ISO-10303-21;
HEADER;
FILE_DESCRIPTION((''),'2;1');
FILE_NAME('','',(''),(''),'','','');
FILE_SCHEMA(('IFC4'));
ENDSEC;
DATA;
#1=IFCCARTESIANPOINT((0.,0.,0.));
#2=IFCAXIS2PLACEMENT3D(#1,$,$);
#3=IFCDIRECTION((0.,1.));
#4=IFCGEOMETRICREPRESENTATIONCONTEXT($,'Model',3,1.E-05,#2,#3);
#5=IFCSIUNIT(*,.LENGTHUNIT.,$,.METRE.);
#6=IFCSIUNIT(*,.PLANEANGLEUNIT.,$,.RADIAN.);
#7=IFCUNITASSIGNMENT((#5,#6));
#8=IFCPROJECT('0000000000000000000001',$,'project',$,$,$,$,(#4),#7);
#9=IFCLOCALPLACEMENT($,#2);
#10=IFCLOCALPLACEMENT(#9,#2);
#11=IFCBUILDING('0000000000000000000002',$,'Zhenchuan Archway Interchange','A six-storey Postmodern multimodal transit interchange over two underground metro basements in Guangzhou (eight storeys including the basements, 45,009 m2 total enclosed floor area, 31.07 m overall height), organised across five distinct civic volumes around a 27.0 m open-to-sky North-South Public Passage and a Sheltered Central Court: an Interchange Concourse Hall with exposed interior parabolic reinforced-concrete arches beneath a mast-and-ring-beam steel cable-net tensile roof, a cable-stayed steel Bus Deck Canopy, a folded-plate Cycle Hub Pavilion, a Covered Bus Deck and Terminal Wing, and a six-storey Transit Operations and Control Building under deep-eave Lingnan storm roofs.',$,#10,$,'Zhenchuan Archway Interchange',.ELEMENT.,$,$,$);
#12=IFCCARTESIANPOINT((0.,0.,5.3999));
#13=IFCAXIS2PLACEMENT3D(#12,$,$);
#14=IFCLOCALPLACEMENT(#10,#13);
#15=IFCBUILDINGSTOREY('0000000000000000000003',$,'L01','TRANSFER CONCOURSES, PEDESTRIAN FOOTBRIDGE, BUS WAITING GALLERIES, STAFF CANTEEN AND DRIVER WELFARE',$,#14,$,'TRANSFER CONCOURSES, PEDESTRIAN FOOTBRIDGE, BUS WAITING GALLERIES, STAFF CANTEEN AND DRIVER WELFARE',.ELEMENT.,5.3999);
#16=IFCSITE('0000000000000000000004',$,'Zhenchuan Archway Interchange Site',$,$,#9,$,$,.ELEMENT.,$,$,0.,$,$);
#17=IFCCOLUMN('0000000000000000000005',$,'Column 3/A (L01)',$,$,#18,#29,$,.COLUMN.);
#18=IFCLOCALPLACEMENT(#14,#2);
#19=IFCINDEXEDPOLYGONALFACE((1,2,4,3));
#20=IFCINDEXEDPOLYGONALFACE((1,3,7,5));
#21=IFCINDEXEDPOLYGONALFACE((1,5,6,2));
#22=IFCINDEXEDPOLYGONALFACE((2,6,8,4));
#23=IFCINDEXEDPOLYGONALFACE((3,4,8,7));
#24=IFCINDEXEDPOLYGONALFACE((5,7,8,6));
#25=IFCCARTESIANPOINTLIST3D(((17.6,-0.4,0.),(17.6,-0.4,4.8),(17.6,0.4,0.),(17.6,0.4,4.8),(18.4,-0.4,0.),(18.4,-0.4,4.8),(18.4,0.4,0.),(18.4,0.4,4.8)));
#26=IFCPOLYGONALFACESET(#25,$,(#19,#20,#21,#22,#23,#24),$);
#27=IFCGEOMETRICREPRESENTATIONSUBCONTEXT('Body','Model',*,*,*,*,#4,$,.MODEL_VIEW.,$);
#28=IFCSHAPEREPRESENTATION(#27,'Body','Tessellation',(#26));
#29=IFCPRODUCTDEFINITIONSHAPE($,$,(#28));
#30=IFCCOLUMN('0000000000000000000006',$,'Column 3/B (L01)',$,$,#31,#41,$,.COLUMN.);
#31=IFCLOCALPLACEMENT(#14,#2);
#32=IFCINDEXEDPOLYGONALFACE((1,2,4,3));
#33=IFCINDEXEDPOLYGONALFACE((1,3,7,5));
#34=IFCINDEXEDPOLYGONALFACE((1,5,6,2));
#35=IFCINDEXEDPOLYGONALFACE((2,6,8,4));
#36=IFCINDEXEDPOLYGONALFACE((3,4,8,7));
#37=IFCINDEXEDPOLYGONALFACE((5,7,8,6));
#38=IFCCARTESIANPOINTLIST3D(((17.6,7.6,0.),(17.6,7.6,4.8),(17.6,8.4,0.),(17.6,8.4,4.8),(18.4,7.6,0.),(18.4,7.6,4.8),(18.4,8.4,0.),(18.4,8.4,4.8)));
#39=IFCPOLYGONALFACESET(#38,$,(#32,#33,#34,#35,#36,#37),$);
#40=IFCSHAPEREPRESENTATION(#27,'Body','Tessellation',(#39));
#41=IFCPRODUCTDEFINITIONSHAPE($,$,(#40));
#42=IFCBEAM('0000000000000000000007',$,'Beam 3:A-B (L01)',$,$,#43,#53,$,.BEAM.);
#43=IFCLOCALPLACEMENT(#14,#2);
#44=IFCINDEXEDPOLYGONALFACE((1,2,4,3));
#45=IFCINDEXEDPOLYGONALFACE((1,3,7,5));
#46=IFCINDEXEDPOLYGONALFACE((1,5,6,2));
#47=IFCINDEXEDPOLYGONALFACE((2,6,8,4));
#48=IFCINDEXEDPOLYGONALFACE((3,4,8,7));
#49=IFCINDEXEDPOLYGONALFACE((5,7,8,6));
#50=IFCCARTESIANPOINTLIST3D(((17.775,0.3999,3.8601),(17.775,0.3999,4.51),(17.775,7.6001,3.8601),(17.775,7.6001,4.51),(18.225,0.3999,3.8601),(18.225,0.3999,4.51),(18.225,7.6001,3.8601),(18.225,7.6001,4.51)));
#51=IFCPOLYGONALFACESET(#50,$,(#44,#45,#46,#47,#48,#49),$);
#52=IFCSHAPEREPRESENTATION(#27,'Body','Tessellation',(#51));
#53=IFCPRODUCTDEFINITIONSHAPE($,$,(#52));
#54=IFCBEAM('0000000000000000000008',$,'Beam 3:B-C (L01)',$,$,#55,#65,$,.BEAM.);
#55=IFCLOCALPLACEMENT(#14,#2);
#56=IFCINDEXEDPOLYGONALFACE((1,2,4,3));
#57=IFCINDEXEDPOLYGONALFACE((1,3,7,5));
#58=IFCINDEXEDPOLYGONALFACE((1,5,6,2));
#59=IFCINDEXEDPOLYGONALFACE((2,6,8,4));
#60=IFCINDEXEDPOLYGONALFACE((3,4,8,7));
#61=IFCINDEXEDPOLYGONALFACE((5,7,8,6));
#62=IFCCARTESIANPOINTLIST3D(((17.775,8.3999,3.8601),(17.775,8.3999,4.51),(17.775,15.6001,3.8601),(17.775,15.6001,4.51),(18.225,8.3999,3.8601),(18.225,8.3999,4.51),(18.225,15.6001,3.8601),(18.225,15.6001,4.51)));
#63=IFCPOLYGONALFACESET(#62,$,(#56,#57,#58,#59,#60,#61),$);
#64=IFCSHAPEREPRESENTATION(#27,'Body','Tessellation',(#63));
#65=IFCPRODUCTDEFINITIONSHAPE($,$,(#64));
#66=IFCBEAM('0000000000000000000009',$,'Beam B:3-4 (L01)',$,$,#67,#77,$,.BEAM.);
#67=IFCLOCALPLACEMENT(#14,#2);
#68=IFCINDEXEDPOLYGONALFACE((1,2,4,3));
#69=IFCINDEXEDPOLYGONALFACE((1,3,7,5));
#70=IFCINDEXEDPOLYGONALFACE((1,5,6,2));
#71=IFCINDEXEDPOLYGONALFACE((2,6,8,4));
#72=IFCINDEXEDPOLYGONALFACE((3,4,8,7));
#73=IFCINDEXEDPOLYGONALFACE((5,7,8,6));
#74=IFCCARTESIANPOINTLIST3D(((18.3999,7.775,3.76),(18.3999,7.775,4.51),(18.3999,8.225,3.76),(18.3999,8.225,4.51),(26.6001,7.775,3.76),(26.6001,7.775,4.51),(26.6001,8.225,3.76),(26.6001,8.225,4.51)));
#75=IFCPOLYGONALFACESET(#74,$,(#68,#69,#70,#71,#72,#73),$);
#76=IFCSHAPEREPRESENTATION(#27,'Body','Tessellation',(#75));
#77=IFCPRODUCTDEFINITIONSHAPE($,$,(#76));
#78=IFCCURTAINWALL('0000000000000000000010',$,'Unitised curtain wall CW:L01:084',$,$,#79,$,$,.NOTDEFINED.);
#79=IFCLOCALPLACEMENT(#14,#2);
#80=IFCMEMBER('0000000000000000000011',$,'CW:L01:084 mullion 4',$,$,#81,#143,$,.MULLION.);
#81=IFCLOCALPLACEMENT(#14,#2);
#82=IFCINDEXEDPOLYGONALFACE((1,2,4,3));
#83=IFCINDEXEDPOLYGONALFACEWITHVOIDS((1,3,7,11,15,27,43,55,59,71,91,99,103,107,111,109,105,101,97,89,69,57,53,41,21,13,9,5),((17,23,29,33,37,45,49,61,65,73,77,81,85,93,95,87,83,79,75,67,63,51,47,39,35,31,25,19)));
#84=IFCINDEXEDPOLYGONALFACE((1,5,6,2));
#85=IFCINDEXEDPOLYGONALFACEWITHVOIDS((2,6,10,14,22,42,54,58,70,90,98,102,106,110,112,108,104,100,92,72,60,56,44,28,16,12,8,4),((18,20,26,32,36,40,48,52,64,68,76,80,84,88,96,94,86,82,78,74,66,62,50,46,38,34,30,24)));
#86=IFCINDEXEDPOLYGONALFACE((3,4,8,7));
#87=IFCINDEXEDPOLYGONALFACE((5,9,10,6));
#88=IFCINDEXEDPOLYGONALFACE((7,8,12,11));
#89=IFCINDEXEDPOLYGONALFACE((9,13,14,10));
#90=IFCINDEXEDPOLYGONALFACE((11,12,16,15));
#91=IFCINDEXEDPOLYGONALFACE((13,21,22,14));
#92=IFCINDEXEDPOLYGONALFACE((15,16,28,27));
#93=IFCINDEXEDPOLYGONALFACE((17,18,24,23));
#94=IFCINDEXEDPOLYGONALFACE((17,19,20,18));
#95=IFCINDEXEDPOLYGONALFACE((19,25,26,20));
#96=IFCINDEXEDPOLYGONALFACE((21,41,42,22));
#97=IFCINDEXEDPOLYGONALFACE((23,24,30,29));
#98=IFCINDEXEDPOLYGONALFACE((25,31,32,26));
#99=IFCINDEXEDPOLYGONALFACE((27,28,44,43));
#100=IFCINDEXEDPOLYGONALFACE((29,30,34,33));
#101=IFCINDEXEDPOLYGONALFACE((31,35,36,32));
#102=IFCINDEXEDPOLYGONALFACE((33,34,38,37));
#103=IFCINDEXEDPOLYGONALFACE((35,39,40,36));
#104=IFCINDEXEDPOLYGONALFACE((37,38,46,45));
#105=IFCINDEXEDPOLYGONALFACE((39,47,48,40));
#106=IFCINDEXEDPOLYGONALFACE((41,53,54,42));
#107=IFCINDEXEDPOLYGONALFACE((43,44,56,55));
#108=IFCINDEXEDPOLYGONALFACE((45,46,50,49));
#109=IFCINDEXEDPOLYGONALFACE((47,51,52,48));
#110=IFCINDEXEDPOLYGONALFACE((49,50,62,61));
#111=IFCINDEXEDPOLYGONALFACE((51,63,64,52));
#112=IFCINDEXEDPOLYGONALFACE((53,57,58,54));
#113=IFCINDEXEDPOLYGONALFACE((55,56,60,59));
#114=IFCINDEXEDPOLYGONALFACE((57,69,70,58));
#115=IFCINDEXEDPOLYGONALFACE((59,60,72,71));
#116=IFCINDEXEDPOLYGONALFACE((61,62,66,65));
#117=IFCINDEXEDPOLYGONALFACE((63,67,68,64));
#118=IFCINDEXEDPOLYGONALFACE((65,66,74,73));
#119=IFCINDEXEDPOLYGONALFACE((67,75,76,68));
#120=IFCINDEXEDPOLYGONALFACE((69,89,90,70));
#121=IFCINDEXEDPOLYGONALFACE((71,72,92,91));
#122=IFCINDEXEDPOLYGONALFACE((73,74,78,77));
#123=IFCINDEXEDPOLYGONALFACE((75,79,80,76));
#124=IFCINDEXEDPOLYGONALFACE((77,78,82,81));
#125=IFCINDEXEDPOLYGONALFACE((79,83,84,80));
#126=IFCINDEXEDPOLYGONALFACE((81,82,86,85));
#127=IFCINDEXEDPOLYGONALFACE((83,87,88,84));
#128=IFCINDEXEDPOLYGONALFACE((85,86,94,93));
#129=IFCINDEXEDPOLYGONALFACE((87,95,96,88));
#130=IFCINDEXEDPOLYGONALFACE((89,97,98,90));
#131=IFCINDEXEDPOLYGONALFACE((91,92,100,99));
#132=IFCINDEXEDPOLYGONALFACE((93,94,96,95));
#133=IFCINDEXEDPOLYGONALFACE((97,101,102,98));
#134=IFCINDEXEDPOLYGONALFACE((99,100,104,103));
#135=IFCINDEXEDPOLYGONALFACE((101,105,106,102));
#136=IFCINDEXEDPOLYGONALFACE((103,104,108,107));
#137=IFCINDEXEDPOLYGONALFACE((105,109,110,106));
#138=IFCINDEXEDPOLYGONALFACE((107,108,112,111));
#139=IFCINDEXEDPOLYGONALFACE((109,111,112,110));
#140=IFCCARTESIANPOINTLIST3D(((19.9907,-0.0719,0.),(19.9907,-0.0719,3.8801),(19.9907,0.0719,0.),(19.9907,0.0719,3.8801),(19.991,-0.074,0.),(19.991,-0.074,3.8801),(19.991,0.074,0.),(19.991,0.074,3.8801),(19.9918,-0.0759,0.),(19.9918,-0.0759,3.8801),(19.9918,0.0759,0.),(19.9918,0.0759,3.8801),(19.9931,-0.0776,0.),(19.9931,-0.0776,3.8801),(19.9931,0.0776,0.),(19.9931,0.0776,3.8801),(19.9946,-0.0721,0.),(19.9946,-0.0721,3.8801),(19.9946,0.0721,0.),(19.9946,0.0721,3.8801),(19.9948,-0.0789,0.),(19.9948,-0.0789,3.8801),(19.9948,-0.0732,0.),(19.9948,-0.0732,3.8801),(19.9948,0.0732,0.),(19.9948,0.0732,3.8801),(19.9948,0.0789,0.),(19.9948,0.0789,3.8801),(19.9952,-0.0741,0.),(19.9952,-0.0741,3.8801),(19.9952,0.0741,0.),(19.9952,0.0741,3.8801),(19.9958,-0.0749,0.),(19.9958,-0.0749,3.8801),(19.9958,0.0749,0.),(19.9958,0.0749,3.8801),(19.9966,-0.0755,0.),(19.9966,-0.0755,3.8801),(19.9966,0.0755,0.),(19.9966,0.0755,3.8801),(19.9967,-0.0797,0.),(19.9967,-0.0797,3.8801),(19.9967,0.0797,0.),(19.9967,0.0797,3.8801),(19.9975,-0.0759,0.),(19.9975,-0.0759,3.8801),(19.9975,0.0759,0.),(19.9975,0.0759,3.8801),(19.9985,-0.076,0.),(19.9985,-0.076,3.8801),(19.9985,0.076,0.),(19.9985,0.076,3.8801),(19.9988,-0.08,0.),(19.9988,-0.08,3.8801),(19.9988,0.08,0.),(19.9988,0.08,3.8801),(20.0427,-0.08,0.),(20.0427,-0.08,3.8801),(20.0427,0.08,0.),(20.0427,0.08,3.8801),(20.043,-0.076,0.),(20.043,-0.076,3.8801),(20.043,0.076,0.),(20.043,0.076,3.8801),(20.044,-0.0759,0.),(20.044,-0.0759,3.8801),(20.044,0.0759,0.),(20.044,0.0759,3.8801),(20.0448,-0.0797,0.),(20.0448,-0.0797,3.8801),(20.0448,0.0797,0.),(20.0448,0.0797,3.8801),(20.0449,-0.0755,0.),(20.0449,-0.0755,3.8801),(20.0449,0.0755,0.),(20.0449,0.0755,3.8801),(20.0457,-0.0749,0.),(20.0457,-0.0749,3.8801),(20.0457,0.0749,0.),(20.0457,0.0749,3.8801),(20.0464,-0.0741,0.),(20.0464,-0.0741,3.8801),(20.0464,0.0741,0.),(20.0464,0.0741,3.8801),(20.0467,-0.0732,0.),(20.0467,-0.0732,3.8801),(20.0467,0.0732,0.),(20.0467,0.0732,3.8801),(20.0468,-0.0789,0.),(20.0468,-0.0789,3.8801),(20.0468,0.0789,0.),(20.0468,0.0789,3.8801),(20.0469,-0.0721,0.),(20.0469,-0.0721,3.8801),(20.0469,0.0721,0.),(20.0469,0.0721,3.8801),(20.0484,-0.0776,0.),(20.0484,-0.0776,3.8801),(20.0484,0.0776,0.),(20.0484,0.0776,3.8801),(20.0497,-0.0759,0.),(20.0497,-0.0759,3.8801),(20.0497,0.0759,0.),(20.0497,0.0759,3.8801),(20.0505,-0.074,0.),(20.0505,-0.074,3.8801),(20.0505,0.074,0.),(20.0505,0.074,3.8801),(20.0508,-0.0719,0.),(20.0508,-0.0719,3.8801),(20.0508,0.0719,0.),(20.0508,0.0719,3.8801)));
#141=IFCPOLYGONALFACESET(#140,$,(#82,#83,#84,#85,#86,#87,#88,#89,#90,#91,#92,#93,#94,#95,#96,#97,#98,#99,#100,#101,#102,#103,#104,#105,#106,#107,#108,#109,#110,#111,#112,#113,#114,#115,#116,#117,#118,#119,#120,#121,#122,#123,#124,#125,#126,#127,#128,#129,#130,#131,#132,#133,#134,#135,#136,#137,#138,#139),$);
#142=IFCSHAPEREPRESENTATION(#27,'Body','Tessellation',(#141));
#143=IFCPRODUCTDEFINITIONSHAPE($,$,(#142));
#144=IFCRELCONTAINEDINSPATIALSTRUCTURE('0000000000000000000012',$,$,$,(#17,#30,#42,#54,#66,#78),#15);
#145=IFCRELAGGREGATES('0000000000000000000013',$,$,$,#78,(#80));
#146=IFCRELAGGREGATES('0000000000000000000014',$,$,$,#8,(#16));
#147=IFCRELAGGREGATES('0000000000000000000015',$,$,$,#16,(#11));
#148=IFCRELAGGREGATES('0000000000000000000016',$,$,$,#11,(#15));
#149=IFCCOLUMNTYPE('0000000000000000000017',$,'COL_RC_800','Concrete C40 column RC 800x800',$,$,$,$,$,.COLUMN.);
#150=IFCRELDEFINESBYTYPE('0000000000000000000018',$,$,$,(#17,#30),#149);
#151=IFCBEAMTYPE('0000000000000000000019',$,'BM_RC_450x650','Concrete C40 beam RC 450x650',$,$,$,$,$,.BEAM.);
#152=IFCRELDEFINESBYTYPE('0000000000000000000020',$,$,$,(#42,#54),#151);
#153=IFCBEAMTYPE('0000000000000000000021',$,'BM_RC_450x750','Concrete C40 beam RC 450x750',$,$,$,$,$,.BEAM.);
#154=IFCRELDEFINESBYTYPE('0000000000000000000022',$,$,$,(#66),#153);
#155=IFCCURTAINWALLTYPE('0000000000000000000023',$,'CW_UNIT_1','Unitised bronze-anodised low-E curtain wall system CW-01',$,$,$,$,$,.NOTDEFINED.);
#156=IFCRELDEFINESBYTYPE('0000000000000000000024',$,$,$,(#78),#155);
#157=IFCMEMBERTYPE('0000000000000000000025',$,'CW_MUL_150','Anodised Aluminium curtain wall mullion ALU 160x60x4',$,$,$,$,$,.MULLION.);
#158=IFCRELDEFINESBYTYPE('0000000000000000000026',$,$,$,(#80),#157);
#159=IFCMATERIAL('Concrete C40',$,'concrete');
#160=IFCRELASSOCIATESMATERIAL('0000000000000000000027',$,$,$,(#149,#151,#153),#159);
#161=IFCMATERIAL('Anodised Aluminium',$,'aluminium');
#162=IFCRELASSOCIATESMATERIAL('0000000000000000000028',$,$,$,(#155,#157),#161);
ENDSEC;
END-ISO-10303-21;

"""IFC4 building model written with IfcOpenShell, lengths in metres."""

from ifc_helpers import new_model, si_unit, direction, frame, origin, origin_2d, place, context, subcontext, project, spatial, rectangle, hollow_rectangle, extrude, material, material_profile, profile_set, type_object, element, aggregate, save


model = new_model("IFC4")

# Units and contexts
model_context = context("Model", 3, precision=1e-05, world=origin(), true_north=direction((0.0, 1.0)))
body_context = subcontext(model_context, "Body", "Model", "MODEL_VIEW")
ifc_project = project(units=[si_unit("LENGTHUNIT", "METRE"), si_unit("PLANEANGLEUNIT", "RADIAN")], contexts=[model_context])

# Site, building, storey
site_placement = place(None, origin())
site = spatial("IfcSite", under=ifc_project, at=site_placement, Name="Zhenchuan Archway Interchange Site", CompositionType="ELEMENT", RefElevation=0.0)
building_placement = place(site_placement, origin())
building = spatial("IfcBuilding", under=site, at=building_placement, Name="Zhenchuan Archway Interchange", Description="A six-storey Postmodern multimodal transit interchange over two underground metro basements in Guangzhou (eight storeys including the basements, 45,009 m2 total enclosed floor area, 31.07 m overall height), organised across five distinct civic volumes around a 27.0 m open-to-sky North-South Public Passage and a Sheltered Central Court: an Interchange Concourse Hall with exposed interior parabolic reinforced-concrete arches beneath a mast-and-ring-beam steel cable-net tensile roof, a cable-stayed steel Bus Deck Canopy, a folded-plate Cycle Hub Pavilion, a Covered Bus Deck and Terminal Wing, and a six-storey Transit Operations and Control Building under deep-eave Lingnan storm roofs.", LongName="Zhenchuan Archway Interchange", CompositionType="ELEMENT")
storey_placement = place(building_placement, frame((0.0, 0.0, 5.3999)))
storey = spatial("IfcBuildingStorey", under=building, at=storey_placement, Name="L01", Description="TRANSFER CONCOURSES, PEDESTRIAN FOOTBRIDGE, BUS WAITING GALLERIES, STAFF CANTEEN AND DRIVER WELFARE", LongName="TRANSFER CONCOURSES, PEDESTRIAN FOOTBRIDGE, BUS WAITING GALLERIES, STAFF CANTEEN AND DRIVER WELFARE", CompositionType="ELEMENT", Elevation=5.3999)

# Columns
ifc_material_1 = material(Name="Concrete C40", Category="concrete")
ifc_material_profile_1 = material_profile(ifc_material_1, rectangle(XDim=0.8, YDim=0.8, at=origin_2d()), Name="RC 800x800")
ifc_profile_set_1 = profile_set([ifc_material_profile_1], Name="Concrete C40")
column_type = type_object("IfcColumnType", Name="COL_RC_800", Description="Concrete C40 column RC 800x800", PredefinedType="COLUMN", material=ifc_profile_set_1)
for number, where, z_axis, x_axis, name in (
    (1, (18.0, 0.0, 0.0), (0.0, 0.0, 1.0), (1.0, 0.0, 0.0), "Column 3/A (L01)"),
    (2, (18.0, 8.0, 0.0), (0.0, 0.0, 1.0), (1.0, 0.0, 0.0), "Column 3/B (L01)"),
):
    element("IfcColumn", number, at=place(storey_placement, frame(where, z_axis=z_axis, x_axis=x_axis)), inside=storey, type_object=column_type, Name=name, PredefinedType="COLUMN", context=body_context, shape_type="SweptSolid", body=[
        extrude(rectangle(XDim=0.8, YDim=0.8, at=origin_2d()), origin(), (0.0, 0.0, 1.0), 4.8),
    ])

# Beams
ifc_material_profile_2 = material_profile(ifc_material_1, rectangle(XDim=0.45, YDim=0.6499, at=origin_2d()), Name="RC 450x650")
ifc_profile_set_2 = profile_set([ifc_material_profile_2], Name="Concrete C40")
beam_type_1 = type_object("IfcBeamType", Name="BM_RC_450x650", Description="Concrete C40 beam RC 450x650", PredefinedType="BEAM", material=ifc_profile_set_2)
for number, where, z_axis, x_axis, name in (
    (3, (18.0, 0.3999, 4.1851), (0.0, 1.0, 0.0), (-1.0, 0.0, 0.0), "Beam 3:A-B (L01)"),
    (4, (18.0, 8.3999, 4.1851), (0.0, 1.0, 0.0), (-1.0, 0.0, 0.0), "Beam 3:B-C (L01)"),
):
    element("IfcBeam", number, at=place(storey_placement, frame(where, z_axis=z_axis, x_axis=x_axis)), inside=storey, type_object=beam_type_1, Name=name, PredefinedType="BEAM", context=body_context, shape_type="SweptSolid", body=[
        extrude(rectangle(XDim=0.45, YDim=0.6499, at=origin_2d()), origin(), (0.0, 0.0, 1.0), 7.2002),
    ])
ifc_material_profile_3 = material_profile(ifc_material_1, rectangle(XDim=0.45, YDim=0.75, at=origin_2d()), Name="RC 450x750")
ifc_profile_set_3 = profile_set([ifc_material_profile_3], Name="Concrete C40")
beam_type_2 = type_object("IfcBeamType", Name="BM_RC_450x750", Description="Concrete C40 beam RC 450x750", PredefinedType="BEAM", material=ifc_profile_set_3)
beam_1_placement = place(storey_placement, frame((18.3999, 8.0, 4.135), z_axis=(1.0, 0.0, 0.0), x_axis=(0.0, 1.0, 0.0)))
element("IfcBeam", 5, at=beam_1_placement, inside=storey, type_object=beam_type_2, Name="Beam B:3-4 (L01)", PredefinedType="BEAM", context=body_context, shape_type="SweptSolid", body=[
    extrude(rectangle(XDim=0.45, YDim=0.75, at=origin_2d()), origin(), (0.0, 0.0, 1.0), 8.2002),
])

# Curtain wall, member
ifc_material_2 = material(Name="Anodised Aluminium", Category="aluminium")
curtain_wall_type_1 = type_object("IfcCurtainWallType", Name="CW_UNIT_1", Description="Unitised bronze-anodised low-E curtain wall system CW-01", PredefinedType="NOTDEFINED", material=ifc_material_2)
curtain_wall_1_placement = place(storey_placement, origin())
curtain_wall_1 = element("IfcCurtainWall", 6, at=curtain_wall_1_placement, inside=storey, type_object=curtain_wall_type_1, Name="Unitised curtain wall CW:L01:084", PredefinedType="NOTDEFINED")
ifc_material_profile_4 = material_profile(ifc_material_2, hollow_rectangle(XDim=0.0601, YDim=0.1599, WallThickness=0.0039, InnerFilletRadius=0.0039, OuterFilletRadius=0.0081, at=origin_2d()), Name="ALU 160x60x4")
ifc_profile_set_4 = profile_set([ifc_material_profile_4], Name="Anodised Aluminium")
member_type_1 = type_object("IfcMemberType", Name="CW_MUL_150", Description="Anodised Aluminium curtain wall mullion ALU 160x60x4", PredefinedType="MULLION", material=ifc_profile_set_4)
member_1_placement = place(storey_placement, frame((20.0208, 0.0, 0.0), z_axis=(0.0, 0.0, 1.0), x_axis=(1.0, 0.0, 0.0)))
member_1 = element("IfcMember", 7, at=member_1_placement, type_object=member_type_1, Name="CW:L01:084 mullion 4", PredefinedType="MULLION", context=body_context, shape_type="SweptSolid", body=[
    extrude(hollow_rectangle(XDim=0.0601, YDim=0.1599, WallThickness=0.0039, InnerFilletRadius=0.0039, OuterFilletRadius=0.0081, at=origin_2d()), origin(), (0.0, 0.0, 1.0), 3.8801),
])

aggregate(curtain_wall_1, [member_1])

save(model, "model.ifc")
